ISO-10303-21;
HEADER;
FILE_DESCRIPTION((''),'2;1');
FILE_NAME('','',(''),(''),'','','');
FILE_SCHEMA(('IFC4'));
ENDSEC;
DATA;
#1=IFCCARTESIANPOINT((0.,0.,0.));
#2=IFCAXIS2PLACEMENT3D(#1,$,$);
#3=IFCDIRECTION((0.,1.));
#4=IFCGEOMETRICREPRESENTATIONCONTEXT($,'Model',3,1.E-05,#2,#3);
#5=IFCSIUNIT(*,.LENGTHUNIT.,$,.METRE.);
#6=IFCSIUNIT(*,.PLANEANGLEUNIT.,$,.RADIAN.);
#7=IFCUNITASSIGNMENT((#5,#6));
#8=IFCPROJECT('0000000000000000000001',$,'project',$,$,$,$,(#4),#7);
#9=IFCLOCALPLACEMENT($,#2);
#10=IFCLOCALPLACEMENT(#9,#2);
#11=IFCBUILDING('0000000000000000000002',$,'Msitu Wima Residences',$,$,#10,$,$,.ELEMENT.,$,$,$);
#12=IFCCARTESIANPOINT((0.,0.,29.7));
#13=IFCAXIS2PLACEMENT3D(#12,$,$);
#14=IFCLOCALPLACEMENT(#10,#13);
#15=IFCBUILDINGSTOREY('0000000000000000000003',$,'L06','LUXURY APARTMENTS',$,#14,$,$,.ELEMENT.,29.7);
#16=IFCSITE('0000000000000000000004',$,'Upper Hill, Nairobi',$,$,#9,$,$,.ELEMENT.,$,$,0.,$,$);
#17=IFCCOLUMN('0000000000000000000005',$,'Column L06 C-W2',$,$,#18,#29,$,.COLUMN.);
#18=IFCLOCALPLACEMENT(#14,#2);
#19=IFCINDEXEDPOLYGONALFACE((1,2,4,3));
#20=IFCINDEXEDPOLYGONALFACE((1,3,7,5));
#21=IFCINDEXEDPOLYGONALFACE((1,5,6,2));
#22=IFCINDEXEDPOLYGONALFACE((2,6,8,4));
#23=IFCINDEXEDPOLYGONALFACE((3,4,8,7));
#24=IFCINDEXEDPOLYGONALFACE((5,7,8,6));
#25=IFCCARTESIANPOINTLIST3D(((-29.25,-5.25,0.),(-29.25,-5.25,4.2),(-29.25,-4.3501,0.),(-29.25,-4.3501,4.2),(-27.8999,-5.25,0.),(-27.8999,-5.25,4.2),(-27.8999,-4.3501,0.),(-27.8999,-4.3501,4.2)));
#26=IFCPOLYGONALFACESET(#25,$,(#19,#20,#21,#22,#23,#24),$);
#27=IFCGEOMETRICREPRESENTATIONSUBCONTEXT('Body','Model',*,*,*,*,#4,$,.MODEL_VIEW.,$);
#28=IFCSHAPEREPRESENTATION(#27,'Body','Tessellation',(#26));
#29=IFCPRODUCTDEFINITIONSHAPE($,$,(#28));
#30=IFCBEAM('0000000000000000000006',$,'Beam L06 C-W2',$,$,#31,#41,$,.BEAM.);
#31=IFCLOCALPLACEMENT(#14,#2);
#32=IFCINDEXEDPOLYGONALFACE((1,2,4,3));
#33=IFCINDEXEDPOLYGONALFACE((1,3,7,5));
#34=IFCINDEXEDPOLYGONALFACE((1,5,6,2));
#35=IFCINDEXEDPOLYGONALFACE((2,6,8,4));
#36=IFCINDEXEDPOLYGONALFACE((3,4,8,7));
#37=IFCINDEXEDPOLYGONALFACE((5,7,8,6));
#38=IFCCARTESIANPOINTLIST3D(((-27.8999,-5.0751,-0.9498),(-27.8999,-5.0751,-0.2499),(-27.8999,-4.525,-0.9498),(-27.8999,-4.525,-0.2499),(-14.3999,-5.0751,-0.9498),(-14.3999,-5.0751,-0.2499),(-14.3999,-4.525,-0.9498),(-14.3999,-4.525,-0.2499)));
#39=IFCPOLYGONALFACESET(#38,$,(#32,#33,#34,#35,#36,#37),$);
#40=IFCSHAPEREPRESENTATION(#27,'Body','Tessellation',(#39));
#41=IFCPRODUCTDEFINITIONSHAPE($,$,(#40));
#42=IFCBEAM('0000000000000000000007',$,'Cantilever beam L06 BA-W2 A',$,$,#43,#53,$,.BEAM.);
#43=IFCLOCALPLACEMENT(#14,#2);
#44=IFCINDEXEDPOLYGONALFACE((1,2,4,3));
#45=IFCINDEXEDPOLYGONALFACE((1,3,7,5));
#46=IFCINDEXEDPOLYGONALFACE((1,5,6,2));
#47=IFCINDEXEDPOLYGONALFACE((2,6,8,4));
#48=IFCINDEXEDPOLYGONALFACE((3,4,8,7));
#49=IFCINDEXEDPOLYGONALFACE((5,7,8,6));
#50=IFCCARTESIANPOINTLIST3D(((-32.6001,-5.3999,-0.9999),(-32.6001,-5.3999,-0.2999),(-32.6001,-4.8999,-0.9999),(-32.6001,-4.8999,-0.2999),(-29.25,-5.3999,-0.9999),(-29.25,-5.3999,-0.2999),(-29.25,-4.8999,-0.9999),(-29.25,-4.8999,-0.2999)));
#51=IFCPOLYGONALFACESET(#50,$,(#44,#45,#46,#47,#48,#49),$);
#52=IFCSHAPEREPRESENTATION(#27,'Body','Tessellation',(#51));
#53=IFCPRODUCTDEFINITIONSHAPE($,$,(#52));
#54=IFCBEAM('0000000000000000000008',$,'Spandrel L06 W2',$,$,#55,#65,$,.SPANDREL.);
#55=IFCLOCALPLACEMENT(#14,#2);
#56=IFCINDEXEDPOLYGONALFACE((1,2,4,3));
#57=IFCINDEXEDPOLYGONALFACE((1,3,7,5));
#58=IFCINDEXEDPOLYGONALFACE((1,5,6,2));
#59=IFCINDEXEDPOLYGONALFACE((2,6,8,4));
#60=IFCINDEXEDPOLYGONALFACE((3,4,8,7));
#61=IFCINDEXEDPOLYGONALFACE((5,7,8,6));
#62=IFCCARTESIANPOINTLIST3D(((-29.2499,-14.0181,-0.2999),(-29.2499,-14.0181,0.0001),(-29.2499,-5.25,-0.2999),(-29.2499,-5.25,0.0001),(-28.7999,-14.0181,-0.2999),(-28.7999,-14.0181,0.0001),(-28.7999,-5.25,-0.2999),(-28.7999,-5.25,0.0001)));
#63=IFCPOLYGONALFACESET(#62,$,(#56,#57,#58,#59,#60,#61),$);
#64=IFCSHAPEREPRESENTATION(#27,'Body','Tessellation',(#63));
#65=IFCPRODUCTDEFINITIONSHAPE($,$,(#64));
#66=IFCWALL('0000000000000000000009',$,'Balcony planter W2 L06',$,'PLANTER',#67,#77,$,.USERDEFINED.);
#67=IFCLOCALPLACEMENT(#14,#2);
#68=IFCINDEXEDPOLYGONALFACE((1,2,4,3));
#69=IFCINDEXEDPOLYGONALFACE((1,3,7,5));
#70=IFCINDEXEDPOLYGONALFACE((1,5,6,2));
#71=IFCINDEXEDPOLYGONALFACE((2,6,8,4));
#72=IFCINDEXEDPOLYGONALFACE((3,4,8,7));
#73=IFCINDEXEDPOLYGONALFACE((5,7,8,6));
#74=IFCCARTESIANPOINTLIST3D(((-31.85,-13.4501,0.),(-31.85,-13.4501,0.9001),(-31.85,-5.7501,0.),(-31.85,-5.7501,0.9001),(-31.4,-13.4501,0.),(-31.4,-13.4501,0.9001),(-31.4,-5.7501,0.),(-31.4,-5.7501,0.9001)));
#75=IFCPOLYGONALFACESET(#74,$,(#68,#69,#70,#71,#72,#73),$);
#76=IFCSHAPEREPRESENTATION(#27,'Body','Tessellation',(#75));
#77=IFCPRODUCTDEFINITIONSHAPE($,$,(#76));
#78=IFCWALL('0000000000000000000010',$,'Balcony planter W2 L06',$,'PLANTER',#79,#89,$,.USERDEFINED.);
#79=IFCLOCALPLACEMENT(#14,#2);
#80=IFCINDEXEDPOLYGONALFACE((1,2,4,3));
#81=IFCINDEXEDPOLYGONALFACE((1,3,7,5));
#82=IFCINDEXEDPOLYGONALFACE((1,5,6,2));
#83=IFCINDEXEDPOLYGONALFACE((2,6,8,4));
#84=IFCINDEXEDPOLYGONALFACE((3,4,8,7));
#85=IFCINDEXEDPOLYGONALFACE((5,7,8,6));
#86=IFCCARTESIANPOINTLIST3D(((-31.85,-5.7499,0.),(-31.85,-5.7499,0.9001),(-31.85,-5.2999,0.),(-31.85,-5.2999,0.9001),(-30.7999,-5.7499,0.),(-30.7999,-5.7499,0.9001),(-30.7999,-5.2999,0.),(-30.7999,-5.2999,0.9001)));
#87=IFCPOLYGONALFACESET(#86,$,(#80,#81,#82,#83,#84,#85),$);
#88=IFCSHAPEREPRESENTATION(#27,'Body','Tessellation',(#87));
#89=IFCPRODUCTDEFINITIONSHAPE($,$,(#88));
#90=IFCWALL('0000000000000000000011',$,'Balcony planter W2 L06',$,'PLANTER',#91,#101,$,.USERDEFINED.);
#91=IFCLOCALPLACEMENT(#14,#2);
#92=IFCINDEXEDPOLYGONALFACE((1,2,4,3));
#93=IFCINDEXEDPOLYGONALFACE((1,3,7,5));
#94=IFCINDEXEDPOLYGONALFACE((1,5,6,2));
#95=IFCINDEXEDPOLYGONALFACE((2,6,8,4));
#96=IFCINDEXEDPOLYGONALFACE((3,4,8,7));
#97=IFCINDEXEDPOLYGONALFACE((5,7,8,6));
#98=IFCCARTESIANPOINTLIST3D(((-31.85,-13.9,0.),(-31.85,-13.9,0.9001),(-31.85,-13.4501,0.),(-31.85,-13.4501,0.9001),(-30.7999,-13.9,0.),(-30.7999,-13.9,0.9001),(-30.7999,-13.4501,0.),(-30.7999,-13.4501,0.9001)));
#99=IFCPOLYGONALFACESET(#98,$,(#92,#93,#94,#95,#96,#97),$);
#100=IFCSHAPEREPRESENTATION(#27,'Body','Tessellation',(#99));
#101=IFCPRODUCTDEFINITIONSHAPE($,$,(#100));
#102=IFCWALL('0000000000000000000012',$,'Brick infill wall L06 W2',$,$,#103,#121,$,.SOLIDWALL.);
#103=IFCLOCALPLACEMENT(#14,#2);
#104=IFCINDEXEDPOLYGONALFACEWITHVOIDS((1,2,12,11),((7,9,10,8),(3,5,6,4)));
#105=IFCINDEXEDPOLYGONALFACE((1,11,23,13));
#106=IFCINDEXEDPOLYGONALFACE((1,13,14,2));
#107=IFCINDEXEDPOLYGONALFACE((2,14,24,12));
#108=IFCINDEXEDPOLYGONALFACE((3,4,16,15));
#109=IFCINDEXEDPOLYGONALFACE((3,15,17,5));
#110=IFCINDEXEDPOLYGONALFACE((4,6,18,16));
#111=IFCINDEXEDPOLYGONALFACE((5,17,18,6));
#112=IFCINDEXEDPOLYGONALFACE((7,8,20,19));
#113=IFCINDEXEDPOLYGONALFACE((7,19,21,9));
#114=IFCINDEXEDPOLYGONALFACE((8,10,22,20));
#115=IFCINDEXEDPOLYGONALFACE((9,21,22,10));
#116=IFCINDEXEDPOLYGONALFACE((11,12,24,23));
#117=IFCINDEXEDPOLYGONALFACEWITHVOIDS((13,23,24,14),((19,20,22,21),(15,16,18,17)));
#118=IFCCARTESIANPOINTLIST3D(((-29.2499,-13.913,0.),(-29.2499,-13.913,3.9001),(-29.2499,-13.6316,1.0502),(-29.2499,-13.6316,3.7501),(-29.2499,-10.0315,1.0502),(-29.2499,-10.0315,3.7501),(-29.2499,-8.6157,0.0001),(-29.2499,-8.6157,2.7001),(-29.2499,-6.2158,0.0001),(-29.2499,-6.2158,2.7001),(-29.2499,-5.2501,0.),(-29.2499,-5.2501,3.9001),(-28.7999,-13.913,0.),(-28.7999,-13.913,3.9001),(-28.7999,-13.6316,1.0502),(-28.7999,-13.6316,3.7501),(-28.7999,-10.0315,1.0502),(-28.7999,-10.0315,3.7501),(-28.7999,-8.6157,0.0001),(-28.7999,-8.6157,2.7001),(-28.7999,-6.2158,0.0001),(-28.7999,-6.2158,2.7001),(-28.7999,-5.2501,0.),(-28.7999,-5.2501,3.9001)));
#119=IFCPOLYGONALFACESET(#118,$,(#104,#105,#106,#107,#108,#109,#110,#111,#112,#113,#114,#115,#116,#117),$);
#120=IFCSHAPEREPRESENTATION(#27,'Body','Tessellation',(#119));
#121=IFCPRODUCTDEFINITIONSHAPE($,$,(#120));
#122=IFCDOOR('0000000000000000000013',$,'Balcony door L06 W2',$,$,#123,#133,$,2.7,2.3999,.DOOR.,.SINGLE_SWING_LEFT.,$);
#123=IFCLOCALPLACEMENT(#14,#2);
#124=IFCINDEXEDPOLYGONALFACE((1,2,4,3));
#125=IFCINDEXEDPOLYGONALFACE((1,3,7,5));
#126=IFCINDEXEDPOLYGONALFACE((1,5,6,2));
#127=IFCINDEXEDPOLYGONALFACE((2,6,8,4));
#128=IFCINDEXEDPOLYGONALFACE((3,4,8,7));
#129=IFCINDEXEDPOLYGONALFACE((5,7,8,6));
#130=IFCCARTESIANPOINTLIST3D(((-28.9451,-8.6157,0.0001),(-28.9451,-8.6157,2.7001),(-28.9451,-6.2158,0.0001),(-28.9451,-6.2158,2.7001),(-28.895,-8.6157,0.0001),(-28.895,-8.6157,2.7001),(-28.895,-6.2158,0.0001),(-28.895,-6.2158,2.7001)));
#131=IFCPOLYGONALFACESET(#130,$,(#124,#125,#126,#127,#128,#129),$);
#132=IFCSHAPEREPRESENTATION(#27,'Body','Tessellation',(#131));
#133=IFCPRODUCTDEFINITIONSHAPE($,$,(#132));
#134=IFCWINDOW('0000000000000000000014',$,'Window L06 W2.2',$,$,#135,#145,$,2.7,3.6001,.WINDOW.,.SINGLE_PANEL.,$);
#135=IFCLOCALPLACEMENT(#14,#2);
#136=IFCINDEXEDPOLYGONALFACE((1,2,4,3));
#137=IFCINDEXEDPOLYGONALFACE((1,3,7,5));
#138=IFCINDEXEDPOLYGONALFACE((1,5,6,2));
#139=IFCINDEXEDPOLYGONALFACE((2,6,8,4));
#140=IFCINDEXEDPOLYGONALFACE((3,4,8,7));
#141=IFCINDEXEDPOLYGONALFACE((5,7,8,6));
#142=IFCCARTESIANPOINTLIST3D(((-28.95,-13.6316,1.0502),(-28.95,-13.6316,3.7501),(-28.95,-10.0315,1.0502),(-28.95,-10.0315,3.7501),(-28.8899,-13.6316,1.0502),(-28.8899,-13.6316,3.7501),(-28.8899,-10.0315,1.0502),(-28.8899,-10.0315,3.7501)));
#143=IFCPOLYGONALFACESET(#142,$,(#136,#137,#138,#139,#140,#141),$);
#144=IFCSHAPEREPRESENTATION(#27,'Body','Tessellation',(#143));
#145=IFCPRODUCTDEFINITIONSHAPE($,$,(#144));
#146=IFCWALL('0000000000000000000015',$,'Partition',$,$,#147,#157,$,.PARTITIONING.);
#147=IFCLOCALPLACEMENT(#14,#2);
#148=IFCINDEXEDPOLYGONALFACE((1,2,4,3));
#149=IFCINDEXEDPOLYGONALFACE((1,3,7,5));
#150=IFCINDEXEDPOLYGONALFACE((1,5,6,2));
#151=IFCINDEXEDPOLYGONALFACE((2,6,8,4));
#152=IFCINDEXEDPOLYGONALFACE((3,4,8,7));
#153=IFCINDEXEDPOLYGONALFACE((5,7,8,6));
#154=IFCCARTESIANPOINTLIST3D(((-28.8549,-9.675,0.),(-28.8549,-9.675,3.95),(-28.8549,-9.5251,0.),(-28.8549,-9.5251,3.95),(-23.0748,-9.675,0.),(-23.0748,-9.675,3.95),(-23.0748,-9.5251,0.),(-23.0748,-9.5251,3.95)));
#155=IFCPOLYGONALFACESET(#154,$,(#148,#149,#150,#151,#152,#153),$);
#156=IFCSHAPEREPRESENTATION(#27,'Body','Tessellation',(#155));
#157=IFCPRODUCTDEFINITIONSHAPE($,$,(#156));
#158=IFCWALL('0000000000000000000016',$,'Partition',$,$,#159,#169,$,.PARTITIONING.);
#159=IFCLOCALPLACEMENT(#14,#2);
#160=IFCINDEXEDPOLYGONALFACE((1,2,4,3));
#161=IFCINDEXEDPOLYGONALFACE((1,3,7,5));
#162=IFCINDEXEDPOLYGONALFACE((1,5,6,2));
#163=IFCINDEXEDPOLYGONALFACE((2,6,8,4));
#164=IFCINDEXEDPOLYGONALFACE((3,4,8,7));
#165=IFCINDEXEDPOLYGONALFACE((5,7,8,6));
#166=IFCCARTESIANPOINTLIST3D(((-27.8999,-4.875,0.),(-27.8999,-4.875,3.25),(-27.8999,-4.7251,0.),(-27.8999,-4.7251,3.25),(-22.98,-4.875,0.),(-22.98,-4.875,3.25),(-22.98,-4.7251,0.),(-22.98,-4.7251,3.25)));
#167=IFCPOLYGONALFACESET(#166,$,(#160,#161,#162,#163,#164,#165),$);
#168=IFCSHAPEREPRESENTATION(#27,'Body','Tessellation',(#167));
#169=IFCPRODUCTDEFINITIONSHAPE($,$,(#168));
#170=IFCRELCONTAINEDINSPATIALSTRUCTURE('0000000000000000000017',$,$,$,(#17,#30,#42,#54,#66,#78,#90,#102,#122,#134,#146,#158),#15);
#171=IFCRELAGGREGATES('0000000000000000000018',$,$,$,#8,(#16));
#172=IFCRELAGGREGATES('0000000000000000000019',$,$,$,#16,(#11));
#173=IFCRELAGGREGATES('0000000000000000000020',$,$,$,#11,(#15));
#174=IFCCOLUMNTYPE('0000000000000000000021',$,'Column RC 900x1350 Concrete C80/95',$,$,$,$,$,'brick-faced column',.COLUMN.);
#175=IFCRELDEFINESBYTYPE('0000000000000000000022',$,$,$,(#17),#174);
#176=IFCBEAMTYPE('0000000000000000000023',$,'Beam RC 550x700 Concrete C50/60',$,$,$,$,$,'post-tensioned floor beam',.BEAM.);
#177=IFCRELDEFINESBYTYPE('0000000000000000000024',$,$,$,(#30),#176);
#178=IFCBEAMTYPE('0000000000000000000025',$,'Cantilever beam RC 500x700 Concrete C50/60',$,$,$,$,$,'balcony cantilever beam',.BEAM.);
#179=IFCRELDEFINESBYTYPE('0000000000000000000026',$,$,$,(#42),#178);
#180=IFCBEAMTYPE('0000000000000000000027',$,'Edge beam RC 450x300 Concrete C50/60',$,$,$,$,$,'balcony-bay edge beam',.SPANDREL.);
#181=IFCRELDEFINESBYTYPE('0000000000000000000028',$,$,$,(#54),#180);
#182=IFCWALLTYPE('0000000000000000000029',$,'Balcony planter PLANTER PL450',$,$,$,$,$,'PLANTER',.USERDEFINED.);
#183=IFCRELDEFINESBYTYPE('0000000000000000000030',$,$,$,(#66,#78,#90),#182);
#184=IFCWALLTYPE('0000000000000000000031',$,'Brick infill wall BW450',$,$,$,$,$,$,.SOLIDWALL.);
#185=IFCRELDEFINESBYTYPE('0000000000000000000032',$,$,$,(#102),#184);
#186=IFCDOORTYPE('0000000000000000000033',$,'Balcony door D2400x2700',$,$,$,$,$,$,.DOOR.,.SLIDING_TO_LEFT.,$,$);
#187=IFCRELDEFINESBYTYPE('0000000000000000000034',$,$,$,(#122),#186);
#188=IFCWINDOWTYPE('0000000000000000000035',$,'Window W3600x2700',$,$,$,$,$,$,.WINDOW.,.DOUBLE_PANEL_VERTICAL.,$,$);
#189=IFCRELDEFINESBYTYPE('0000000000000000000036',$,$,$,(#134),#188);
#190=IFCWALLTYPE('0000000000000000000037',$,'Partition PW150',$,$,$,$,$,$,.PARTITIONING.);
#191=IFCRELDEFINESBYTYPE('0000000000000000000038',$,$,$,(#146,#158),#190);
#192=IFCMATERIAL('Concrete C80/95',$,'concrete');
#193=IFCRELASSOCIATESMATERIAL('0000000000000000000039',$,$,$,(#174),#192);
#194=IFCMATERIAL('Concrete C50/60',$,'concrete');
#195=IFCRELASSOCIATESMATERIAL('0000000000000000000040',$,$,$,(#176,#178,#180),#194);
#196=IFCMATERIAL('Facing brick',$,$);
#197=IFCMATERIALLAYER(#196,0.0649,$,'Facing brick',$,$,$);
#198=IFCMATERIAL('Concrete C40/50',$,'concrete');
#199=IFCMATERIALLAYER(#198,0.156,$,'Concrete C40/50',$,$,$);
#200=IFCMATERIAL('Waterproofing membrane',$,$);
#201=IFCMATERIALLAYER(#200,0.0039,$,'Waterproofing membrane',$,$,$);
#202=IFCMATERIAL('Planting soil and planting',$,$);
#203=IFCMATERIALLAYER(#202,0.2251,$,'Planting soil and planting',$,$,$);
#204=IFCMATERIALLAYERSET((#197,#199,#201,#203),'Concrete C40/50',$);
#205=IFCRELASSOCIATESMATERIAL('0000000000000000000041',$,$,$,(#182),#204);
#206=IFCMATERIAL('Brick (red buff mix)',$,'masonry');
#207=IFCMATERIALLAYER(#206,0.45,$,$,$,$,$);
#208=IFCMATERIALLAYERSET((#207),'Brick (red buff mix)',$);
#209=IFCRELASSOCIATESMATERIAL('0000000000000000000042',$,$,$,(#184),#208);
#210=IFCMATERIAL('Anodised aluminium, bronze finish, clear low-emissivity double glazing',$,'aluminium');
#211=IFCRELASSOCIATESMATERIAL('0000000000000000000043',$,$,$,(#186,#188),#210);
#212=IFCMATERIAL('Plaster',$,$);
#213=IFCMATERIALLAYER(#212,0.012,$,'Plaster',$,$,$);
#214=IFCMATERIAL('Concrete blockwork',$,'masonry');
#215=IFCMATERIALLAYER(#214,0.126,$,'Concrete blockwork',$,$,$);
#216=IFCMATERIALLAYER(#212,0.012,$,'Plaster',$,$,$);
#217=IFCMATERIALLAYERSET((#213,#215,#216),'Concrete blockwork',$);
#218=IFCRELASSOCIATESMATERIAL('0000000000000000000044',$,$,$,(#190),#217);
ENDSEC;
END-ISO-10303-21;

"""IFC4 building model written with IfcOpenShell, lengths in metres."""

from ifc_helpers import new_model, si_unit, direction, frame, frame_2d, origin, origin_2d, place, context, subcontext, project, spatial, rectangle, extrude, material, layer, layer_set, material_profile, profile_set, type_object, element, fill, save


model = new_model("IFC4")

# Units and contexts
model_context = context("Model", 3, precision=1e-05, world=origin(), true_north=direction((0.0, 1.0)))
body_context = subcontext(model_context, "Body", "Model", "MODEL_VIEW")
ifc_project = project(units=[si_unit("LENGTHUNIT", "METRE"), si_unit("PLANEANGLEUNIT", "RADIAN")], contexts=[model_context])

# Site, building, storey
site_placement = place(None, origin())
site = spatial("IfcSite", under=ifc_project, at=site_placement, Name="Upper Hill, Nairobi", CompositionType="ELEMENT", RefElevation=0.0)
building_placement = place(site_placement, origin())
building = spatial("IfcBuilding", under=site, at=building_placement, Name="Msitu Wima Residences", CompositionType="ELEMENT")
storey_placement = place(building_placement, frame((0.0, 0.0, 29.7)))
storey = spatial("IfcBuildingStorey", under=building, at=storey_placement, Name="L06", Description="LUXURY APARTMENTS", CompositionType="ELEMENT", Elevation=29.7)

# Column
ifc_material_1 = material(Name="Concrete C80/95", Category="concrete")
ifc_material_profile_1 = material_profile(ifc_material_1, rectangle(XDim=0.8999, YDim=1.3501, at=origin_2d()), Name="RC 900x1350")
ifc_profile_set_1 = profile_set([ifc_material_profile_1], Name="Concrete C80/95")
column_type = type_object("IfcColumnType", Name="Column RC 900x1350 Concrete C80/95", ElementType="brick-faced column", PredefinedType="COLUMN", material=ifc_profile_set_1)
column_placement = place(storey_placement, frame((-28.575, -4.8, 0.0), z_axis=(0.0, 0.0, 1.0), x_axis=(0.0, -1.0, 0.0)))
element("IfcColumn", 1, at=column_placement, inside=storey, type_object=column_type, Name="Column L06 C-W2", PredefinedType="COLUMN", context=body_context, shape_type="SweptSolid", body=[
    extrude(rectangle(XDim=0.8999, YDim=1.3501, at=origin_2d()), origin(), (0.0, 0.0, 1.0), 4.2),
])

# Beams
ifc_material_2 = material(Name="Concrete C50/60", Category="concrete")
ifc_material_profile_2 = material_profile(ifc_material_2, rectangle(XDim=0.55, YDim=0.7, at=origin_2d()), Name="RC 550x700")
ifc_profile_set_2 = profile_set([ifc_material_profile_2], Name="Concrete C50/60")
beam_type_1 = type_object("IfcBeamType", Name="Beam RC 550x700 Concrete C50/60", ElementType="post-tensioned floor beam", PredefinedType="BEAM", material=ifc_profile_set_2)
beam_1_placement = place(storey_placement, frame((-27.8999, -4.8, -0.5999), z_axis=(1.0, 0.0, 0.0), x_axis=(0.0, 1.0, 0.0)))
element("IfcBeam", 2, at=beam_1_placement, inside=storey, type_object=beam_type_1, Name="Beam L06 C-W2", PredefinedType="BEAM", context=body_context, shape_type="SweptSolid", body=[
    extrude(rectangle(XDim=0.55, YDim=0.7, at=origin_2d()), origin(), (0.0, 0.0, 1.0), 13.5),
])
ifc_material_profile_3 = material_profile(ifc_material_2, rectangle(XDim=0.5, YDim=0.7, at=origin_2d()), Name="RC 500x700")
ifc_profile_set_3 = profile_set([ifc_material_profile_3], Name="Concrete C50/60")
beam_type_2 = type_object("IfcBeamType", Name="Cantilever beam RC 500x700 Concrete C50/60", ElementType="balcony cantilever beam", PredefinedType="BEAM", material=ifc_profile_set_3)
beam_2_placement = place(storey_placement, frame((-29.25, -5.1499, -0.6499), z_axis=(-1.0, 0.0, 0.0), x_axis=(0.0, -1.0, 0.0)))
element("IfcBeam", 3, at=beam_2_placement, inside=storey, type_object=beam_type_2, Name="Cantilever beam L06 BA-W2 A", PredefinedType="BEAM", context=body_context, shape_type="SweptSolid", body=[
    extrude(rectangle(XDim=0.5, YDim=0.7, at=origin_2d()), origin(), (0.0, 0.0, 1.0), 3.3501),
])
ifc_material_profile_4 = material_profile(ifc_material_2, rectangle(XDim=0.45, YDim=0.3, at=origin_2d()), Name="RC 450x300")
ifc_profile_set_4 = profile_set([ifc_material_profile_4], Name="Concrete C50/60")
beam_type_3 = type_object("IfcBeamType", Name="Edge beam RC 450x300 Concrete C50/60", ElementType="balcony-bay edge beam", PredefinedType="SPANDREL", material=ifc_profile_set_4)
beam_3_placement = place(storey_placement, frame((-29.0249, -5.25, -0.1499), z_axis=(0.0, -1.0, 0.0), x_axis=(1.0, 0.0, 0.0)))
element("IfcBeam", 4, at=beam_3_placement, inside=storey, type_object=beam_type_3, Name="Spandrel L06 W2", PredefinedType="SPANDREL", context=body_context, shape_type="SweptSolid", body=[
    extrude(rectangle(XDim=0.45, YDim=0.3, at=origin_2d()), origin(), (0.0, 0.0, 1.0), 8.7681),
])

# Walls
ifc_material_3 = material(Name="Facing brick")
ifc_layer_1 = layer(ifc_material_3, 0.0649, Name="Facing brick")
ifc_material_4 = material(Name="Concrete C40/50", Category="concrete")
ifc_layer_2 = layer(ifc_material_4, 0.156, Name="Concrete C40/50")
ifc_material_5 = material(Name="Waterproofing membrane")
ifc_layer_3 = layer(ifc_material_5, 0.0039, Name="Waterproofing membrane")
ifc_material_6 = material(Name="Planting soil and planting")
ifc_layer_4 = layer(ifc_material_6, 0.2251, Name="Planting soil and planting")
ifc_layer_set_1 = layer_set([ifc_layer_1, ifc_layer_2, ifc_layer_3, ifc_layer_4], Name="Concrete C40/50")
wall_type_1 = type_object("IfcWallType", Name="Balcony planter PLANTER PL450", ElementType="PLANTER", PredefinedType="USERDEFINED", material=ifc_layer_set_1)
wall_1_placement = place(storey_placement, frame((-31.625, -5.75, 0.0), z_axis=(0.0, 0.0, 1.0), x_axis=(0.0, -1.0, 0.0)))
element("IfcWall", 5, at=wall_1_placement, inside=storey, type_object=wall_type_1, Name="Balcony planter W2 L06", ObjectType="PLANTER", PredefinedType="USERDEFINED", context=body_context, shape_type="SweptSolid", body=[
    extrude(rectangle(XDim=7.7, YDim=0.45, at=frame_2d((3.8501, 0.0))), origin(), (0.0, 0.0, 1.0), 0.9001),
])
for number, where, z_axis, x_axis, name in (
    (6, (-30.8, -5.5249, 0.0), (0.0, 0.0, 1.0), (-1.0, 0.0, 0.0), "Balcony planter W2 L06"),
    (7, (-30.8, -13.675, 0.0), (0.0, 0.0, 1.0), (-1.0, 0.0, 0.0), "Balcony planter W2 L06"),
):
    element("IfcWall", number, at=place(storey_placement, frame(where, z_axis=z_axis, x_axis=x_axis)), inside=storey, type_object=wall_type_1, Name=name, ObjectType="PLANTER", PredefinedType="USERDEFINED", context=body_context, shape_type="SweptSolid", body=[
        extrude(rectangle(XDim=1.05, YDim=0.45, at=frame_2d((0.5249, 0.0))), origin(), (0.0, 0.0, 1.0), 0.9001),
    ])

# Wall, openings, door, window
ifc_material_7 = material(Name="Brick (red buff mix)", Category="masonry")
ifc_layer_5 = layer(ifc_material_7, 0.45)
ifc_layer_set_2 = layer_set([ifc_layer_5], Name="Brick (red buff mix)")
wall_type_2 = type_object("IfcWallType", Name="Brick infill wall BW450", PredefinedType="SOLIDWALL", material=ifc_layer_set_2)
wall_2_placement = place(storey_placement, frame((-29.0249, -5.25, 0.0), z_axis=(0.0, 0.0, 1.0), x_axis=(0.0, -1.0, 0.0)))
wall_2 = element("IfcWall", 8, at=wall_2_placement, inside=storey, type_object=wall_type_2, Name="Brick infill wall L06 W2", PredefinedType="SOLIDWALL", context=body_context, shape_type="SweptSolid", body=[
    extrude(rectangle(XDim=8.6628, YDim=0.45, at=frame_2d((4.3315, 0.0))), origin(), (0.0, 0.0, 1.0), 3.9001),
])
opening_1_placement = place(wall_2_placement, frame((0.9658, 0.0, 0.0)))
opening_1 = element("IfcOpeningElement", 9, at=opening_1_placement, cuts=wall_2, PredefinedType="OPENING", context=body_context, shape_type="SweptSolid", body=[
    extrude(rectangle(XDim=2.3999, YDim=2.7, at=frame_2d((1.2, 1.3501))), frame((0.0, 0.2349, 0.0), z_axis=(0.0, -1.0, 0.0), x_axis=(1.0, 0.0, 0.0)), (0.0, 0.0, 1.0), 0.47),
])
opening_2_placement = place(wall_2_placement, frame((4.7815, 0.0, 1.05)))
opening_2 = element("IfcOpeningElement", 10, at=opening_2_placement, cuts=wall_2, PredefinedType="OPENING", context=body_context, shape_type="SweptSolid", body=[
    extrude(rectangle(XDim=3.6001, YDim=2.7, at=frame_2d((1.8, 1.3501))), frame((0.0, 0.2349, 0.0), z_axis=(0.0, -1.0, 0.0), x_axis=(1.0, 0.0, 0.0)), (0.0, 0.0, 1.0), 0.47),
])
ifc_material_8 = material(Name="Anodised aluminium, bronze finish, clear low-emissivity double glazing", Category="aluminium")
door_type_1 = type_object("IfcDoorType", Name="Balcony door D2400x2700", OperationType="SLIDING_TO_LEFT", PredefinedType="DOOR", material=ifc_material_8)
door_1_placement = place(opening_1_placement, origin())
door_1 = element("IfcDoor", 11, at=door_1_placement, inside=storey, type_object=door_type_1, Name="Balcony door L06 W2", OperationType="SINGLE_SWING_LEFT", OverallHeight=2.7, OverallWidth=2.3999, PredefinedType="DOOR", context=body_context, shape_type="SweptSolid", body=[
    extrude(rectangle(XDim=2.3999, YDim=2.7, at=frame_2d((1.2, 1.3501))), frame((0.0, 0.1299, 0.0), z_axis=(0.0, -1.0, 0.0), x_axis=(1.0, 0.0, 0.0)), (0.0, 0.0, 1.0), 0.05),
])
fill(opening_1, door_1)
window_type = type_object("IfcWindowType", Name="Window W3600x2700", PartitioningType="DOUBLE_PANEL_VERTICAL", PredefinedType="WINDOW", material=ifc_material_8)
window_placement = place(opening_2_placement, origin())
window = element("IfcWindow", 12, at=window_placement, inside=storey, type_object=window_type, Name="Window L06 W2.2", OverallHeight=2.7, OverallWidth=3.6001, PartitioningType="SINGLE_PANEL", PredefinedType="WINDOW", context=body_context, shape_type="SweptSolid", body=[
    extrude(rectangle(XDim=3.6001, YDim=2.7, at=frame_2d((1.8, 1.3501))), frame((0.0, 0.135, 0.0), z_axis=(0.0, -1.0, 0.0), x_axis=(1.0, 0.0, 0.0)), (0.0, 0.0, 1.0), 0.0601),
])
fill(opening_2, window)

# Walls
ifc_material_9 = material(Name="Plaster")
ifc_layer_6 = layer(ifc_material_9, 0.012, Name="Plaster")
ifc_material_10 = material(Name="Concrete blockwork", Category="masonry")
ifc_layer_7 = layer(ifc_material_10, 0.126, Name="Concrete blockwork")
ifc_layer_8 = layer(ifc_material_9, 0.012, Name="Plaster")
ifc_layer_set_3 = layer_set([ifc_layer_6, ifc_layer_7, ifc_layer_8], Name="Concrete blockwork")
wall_type_3 = type_object("IfcWallType", Name="Partition PW150", PredefinedType="PARTITIONING", material=ifc_layer_set_3)
wall_3_placement = place(storey_placement, frame((-28.855, -9.6001, 0.0), z_axis=(0.0, 0.0, 1.0), x_axis=(1.0, 0.0, 0.0)))
element("IfcWall", 13, at=wall_3_placement, inside=storey, type_object=wall_type_3, Name="Partition", PredefinedType="PARTITIONING", context=body_context, shape_type="SweptSolid", body=[
    extrude(rectangle(XDim=5.78, YDim=0.1499, at=frame_2d((2.8901, 0.0))), origin(), (0.0, 0.0, 1.0), 3.95),
])
wall_4_placement = place(storey_placement, frame((-27.8999, -4.8, 0.0), z_axis=(0.0, 0.0, 1.0), x_axis=(1.0, 0.0, 0.0)))
element("IfcWall", 14, at=wall_4_placement, inside=storey, type_object=wall_type_3, Name="Partition", PredefinedType="PARTITIONING", context=body_context, shape_type="SweptSolid", body=[
    extrude(rectangle(XDim=4.9199, YDim=0.1499, at=frame_2d((2.46, 0.0))), origin(), (0.0, 0.0, 1.0), 3.25),
])

save(model, "model.ifc")
